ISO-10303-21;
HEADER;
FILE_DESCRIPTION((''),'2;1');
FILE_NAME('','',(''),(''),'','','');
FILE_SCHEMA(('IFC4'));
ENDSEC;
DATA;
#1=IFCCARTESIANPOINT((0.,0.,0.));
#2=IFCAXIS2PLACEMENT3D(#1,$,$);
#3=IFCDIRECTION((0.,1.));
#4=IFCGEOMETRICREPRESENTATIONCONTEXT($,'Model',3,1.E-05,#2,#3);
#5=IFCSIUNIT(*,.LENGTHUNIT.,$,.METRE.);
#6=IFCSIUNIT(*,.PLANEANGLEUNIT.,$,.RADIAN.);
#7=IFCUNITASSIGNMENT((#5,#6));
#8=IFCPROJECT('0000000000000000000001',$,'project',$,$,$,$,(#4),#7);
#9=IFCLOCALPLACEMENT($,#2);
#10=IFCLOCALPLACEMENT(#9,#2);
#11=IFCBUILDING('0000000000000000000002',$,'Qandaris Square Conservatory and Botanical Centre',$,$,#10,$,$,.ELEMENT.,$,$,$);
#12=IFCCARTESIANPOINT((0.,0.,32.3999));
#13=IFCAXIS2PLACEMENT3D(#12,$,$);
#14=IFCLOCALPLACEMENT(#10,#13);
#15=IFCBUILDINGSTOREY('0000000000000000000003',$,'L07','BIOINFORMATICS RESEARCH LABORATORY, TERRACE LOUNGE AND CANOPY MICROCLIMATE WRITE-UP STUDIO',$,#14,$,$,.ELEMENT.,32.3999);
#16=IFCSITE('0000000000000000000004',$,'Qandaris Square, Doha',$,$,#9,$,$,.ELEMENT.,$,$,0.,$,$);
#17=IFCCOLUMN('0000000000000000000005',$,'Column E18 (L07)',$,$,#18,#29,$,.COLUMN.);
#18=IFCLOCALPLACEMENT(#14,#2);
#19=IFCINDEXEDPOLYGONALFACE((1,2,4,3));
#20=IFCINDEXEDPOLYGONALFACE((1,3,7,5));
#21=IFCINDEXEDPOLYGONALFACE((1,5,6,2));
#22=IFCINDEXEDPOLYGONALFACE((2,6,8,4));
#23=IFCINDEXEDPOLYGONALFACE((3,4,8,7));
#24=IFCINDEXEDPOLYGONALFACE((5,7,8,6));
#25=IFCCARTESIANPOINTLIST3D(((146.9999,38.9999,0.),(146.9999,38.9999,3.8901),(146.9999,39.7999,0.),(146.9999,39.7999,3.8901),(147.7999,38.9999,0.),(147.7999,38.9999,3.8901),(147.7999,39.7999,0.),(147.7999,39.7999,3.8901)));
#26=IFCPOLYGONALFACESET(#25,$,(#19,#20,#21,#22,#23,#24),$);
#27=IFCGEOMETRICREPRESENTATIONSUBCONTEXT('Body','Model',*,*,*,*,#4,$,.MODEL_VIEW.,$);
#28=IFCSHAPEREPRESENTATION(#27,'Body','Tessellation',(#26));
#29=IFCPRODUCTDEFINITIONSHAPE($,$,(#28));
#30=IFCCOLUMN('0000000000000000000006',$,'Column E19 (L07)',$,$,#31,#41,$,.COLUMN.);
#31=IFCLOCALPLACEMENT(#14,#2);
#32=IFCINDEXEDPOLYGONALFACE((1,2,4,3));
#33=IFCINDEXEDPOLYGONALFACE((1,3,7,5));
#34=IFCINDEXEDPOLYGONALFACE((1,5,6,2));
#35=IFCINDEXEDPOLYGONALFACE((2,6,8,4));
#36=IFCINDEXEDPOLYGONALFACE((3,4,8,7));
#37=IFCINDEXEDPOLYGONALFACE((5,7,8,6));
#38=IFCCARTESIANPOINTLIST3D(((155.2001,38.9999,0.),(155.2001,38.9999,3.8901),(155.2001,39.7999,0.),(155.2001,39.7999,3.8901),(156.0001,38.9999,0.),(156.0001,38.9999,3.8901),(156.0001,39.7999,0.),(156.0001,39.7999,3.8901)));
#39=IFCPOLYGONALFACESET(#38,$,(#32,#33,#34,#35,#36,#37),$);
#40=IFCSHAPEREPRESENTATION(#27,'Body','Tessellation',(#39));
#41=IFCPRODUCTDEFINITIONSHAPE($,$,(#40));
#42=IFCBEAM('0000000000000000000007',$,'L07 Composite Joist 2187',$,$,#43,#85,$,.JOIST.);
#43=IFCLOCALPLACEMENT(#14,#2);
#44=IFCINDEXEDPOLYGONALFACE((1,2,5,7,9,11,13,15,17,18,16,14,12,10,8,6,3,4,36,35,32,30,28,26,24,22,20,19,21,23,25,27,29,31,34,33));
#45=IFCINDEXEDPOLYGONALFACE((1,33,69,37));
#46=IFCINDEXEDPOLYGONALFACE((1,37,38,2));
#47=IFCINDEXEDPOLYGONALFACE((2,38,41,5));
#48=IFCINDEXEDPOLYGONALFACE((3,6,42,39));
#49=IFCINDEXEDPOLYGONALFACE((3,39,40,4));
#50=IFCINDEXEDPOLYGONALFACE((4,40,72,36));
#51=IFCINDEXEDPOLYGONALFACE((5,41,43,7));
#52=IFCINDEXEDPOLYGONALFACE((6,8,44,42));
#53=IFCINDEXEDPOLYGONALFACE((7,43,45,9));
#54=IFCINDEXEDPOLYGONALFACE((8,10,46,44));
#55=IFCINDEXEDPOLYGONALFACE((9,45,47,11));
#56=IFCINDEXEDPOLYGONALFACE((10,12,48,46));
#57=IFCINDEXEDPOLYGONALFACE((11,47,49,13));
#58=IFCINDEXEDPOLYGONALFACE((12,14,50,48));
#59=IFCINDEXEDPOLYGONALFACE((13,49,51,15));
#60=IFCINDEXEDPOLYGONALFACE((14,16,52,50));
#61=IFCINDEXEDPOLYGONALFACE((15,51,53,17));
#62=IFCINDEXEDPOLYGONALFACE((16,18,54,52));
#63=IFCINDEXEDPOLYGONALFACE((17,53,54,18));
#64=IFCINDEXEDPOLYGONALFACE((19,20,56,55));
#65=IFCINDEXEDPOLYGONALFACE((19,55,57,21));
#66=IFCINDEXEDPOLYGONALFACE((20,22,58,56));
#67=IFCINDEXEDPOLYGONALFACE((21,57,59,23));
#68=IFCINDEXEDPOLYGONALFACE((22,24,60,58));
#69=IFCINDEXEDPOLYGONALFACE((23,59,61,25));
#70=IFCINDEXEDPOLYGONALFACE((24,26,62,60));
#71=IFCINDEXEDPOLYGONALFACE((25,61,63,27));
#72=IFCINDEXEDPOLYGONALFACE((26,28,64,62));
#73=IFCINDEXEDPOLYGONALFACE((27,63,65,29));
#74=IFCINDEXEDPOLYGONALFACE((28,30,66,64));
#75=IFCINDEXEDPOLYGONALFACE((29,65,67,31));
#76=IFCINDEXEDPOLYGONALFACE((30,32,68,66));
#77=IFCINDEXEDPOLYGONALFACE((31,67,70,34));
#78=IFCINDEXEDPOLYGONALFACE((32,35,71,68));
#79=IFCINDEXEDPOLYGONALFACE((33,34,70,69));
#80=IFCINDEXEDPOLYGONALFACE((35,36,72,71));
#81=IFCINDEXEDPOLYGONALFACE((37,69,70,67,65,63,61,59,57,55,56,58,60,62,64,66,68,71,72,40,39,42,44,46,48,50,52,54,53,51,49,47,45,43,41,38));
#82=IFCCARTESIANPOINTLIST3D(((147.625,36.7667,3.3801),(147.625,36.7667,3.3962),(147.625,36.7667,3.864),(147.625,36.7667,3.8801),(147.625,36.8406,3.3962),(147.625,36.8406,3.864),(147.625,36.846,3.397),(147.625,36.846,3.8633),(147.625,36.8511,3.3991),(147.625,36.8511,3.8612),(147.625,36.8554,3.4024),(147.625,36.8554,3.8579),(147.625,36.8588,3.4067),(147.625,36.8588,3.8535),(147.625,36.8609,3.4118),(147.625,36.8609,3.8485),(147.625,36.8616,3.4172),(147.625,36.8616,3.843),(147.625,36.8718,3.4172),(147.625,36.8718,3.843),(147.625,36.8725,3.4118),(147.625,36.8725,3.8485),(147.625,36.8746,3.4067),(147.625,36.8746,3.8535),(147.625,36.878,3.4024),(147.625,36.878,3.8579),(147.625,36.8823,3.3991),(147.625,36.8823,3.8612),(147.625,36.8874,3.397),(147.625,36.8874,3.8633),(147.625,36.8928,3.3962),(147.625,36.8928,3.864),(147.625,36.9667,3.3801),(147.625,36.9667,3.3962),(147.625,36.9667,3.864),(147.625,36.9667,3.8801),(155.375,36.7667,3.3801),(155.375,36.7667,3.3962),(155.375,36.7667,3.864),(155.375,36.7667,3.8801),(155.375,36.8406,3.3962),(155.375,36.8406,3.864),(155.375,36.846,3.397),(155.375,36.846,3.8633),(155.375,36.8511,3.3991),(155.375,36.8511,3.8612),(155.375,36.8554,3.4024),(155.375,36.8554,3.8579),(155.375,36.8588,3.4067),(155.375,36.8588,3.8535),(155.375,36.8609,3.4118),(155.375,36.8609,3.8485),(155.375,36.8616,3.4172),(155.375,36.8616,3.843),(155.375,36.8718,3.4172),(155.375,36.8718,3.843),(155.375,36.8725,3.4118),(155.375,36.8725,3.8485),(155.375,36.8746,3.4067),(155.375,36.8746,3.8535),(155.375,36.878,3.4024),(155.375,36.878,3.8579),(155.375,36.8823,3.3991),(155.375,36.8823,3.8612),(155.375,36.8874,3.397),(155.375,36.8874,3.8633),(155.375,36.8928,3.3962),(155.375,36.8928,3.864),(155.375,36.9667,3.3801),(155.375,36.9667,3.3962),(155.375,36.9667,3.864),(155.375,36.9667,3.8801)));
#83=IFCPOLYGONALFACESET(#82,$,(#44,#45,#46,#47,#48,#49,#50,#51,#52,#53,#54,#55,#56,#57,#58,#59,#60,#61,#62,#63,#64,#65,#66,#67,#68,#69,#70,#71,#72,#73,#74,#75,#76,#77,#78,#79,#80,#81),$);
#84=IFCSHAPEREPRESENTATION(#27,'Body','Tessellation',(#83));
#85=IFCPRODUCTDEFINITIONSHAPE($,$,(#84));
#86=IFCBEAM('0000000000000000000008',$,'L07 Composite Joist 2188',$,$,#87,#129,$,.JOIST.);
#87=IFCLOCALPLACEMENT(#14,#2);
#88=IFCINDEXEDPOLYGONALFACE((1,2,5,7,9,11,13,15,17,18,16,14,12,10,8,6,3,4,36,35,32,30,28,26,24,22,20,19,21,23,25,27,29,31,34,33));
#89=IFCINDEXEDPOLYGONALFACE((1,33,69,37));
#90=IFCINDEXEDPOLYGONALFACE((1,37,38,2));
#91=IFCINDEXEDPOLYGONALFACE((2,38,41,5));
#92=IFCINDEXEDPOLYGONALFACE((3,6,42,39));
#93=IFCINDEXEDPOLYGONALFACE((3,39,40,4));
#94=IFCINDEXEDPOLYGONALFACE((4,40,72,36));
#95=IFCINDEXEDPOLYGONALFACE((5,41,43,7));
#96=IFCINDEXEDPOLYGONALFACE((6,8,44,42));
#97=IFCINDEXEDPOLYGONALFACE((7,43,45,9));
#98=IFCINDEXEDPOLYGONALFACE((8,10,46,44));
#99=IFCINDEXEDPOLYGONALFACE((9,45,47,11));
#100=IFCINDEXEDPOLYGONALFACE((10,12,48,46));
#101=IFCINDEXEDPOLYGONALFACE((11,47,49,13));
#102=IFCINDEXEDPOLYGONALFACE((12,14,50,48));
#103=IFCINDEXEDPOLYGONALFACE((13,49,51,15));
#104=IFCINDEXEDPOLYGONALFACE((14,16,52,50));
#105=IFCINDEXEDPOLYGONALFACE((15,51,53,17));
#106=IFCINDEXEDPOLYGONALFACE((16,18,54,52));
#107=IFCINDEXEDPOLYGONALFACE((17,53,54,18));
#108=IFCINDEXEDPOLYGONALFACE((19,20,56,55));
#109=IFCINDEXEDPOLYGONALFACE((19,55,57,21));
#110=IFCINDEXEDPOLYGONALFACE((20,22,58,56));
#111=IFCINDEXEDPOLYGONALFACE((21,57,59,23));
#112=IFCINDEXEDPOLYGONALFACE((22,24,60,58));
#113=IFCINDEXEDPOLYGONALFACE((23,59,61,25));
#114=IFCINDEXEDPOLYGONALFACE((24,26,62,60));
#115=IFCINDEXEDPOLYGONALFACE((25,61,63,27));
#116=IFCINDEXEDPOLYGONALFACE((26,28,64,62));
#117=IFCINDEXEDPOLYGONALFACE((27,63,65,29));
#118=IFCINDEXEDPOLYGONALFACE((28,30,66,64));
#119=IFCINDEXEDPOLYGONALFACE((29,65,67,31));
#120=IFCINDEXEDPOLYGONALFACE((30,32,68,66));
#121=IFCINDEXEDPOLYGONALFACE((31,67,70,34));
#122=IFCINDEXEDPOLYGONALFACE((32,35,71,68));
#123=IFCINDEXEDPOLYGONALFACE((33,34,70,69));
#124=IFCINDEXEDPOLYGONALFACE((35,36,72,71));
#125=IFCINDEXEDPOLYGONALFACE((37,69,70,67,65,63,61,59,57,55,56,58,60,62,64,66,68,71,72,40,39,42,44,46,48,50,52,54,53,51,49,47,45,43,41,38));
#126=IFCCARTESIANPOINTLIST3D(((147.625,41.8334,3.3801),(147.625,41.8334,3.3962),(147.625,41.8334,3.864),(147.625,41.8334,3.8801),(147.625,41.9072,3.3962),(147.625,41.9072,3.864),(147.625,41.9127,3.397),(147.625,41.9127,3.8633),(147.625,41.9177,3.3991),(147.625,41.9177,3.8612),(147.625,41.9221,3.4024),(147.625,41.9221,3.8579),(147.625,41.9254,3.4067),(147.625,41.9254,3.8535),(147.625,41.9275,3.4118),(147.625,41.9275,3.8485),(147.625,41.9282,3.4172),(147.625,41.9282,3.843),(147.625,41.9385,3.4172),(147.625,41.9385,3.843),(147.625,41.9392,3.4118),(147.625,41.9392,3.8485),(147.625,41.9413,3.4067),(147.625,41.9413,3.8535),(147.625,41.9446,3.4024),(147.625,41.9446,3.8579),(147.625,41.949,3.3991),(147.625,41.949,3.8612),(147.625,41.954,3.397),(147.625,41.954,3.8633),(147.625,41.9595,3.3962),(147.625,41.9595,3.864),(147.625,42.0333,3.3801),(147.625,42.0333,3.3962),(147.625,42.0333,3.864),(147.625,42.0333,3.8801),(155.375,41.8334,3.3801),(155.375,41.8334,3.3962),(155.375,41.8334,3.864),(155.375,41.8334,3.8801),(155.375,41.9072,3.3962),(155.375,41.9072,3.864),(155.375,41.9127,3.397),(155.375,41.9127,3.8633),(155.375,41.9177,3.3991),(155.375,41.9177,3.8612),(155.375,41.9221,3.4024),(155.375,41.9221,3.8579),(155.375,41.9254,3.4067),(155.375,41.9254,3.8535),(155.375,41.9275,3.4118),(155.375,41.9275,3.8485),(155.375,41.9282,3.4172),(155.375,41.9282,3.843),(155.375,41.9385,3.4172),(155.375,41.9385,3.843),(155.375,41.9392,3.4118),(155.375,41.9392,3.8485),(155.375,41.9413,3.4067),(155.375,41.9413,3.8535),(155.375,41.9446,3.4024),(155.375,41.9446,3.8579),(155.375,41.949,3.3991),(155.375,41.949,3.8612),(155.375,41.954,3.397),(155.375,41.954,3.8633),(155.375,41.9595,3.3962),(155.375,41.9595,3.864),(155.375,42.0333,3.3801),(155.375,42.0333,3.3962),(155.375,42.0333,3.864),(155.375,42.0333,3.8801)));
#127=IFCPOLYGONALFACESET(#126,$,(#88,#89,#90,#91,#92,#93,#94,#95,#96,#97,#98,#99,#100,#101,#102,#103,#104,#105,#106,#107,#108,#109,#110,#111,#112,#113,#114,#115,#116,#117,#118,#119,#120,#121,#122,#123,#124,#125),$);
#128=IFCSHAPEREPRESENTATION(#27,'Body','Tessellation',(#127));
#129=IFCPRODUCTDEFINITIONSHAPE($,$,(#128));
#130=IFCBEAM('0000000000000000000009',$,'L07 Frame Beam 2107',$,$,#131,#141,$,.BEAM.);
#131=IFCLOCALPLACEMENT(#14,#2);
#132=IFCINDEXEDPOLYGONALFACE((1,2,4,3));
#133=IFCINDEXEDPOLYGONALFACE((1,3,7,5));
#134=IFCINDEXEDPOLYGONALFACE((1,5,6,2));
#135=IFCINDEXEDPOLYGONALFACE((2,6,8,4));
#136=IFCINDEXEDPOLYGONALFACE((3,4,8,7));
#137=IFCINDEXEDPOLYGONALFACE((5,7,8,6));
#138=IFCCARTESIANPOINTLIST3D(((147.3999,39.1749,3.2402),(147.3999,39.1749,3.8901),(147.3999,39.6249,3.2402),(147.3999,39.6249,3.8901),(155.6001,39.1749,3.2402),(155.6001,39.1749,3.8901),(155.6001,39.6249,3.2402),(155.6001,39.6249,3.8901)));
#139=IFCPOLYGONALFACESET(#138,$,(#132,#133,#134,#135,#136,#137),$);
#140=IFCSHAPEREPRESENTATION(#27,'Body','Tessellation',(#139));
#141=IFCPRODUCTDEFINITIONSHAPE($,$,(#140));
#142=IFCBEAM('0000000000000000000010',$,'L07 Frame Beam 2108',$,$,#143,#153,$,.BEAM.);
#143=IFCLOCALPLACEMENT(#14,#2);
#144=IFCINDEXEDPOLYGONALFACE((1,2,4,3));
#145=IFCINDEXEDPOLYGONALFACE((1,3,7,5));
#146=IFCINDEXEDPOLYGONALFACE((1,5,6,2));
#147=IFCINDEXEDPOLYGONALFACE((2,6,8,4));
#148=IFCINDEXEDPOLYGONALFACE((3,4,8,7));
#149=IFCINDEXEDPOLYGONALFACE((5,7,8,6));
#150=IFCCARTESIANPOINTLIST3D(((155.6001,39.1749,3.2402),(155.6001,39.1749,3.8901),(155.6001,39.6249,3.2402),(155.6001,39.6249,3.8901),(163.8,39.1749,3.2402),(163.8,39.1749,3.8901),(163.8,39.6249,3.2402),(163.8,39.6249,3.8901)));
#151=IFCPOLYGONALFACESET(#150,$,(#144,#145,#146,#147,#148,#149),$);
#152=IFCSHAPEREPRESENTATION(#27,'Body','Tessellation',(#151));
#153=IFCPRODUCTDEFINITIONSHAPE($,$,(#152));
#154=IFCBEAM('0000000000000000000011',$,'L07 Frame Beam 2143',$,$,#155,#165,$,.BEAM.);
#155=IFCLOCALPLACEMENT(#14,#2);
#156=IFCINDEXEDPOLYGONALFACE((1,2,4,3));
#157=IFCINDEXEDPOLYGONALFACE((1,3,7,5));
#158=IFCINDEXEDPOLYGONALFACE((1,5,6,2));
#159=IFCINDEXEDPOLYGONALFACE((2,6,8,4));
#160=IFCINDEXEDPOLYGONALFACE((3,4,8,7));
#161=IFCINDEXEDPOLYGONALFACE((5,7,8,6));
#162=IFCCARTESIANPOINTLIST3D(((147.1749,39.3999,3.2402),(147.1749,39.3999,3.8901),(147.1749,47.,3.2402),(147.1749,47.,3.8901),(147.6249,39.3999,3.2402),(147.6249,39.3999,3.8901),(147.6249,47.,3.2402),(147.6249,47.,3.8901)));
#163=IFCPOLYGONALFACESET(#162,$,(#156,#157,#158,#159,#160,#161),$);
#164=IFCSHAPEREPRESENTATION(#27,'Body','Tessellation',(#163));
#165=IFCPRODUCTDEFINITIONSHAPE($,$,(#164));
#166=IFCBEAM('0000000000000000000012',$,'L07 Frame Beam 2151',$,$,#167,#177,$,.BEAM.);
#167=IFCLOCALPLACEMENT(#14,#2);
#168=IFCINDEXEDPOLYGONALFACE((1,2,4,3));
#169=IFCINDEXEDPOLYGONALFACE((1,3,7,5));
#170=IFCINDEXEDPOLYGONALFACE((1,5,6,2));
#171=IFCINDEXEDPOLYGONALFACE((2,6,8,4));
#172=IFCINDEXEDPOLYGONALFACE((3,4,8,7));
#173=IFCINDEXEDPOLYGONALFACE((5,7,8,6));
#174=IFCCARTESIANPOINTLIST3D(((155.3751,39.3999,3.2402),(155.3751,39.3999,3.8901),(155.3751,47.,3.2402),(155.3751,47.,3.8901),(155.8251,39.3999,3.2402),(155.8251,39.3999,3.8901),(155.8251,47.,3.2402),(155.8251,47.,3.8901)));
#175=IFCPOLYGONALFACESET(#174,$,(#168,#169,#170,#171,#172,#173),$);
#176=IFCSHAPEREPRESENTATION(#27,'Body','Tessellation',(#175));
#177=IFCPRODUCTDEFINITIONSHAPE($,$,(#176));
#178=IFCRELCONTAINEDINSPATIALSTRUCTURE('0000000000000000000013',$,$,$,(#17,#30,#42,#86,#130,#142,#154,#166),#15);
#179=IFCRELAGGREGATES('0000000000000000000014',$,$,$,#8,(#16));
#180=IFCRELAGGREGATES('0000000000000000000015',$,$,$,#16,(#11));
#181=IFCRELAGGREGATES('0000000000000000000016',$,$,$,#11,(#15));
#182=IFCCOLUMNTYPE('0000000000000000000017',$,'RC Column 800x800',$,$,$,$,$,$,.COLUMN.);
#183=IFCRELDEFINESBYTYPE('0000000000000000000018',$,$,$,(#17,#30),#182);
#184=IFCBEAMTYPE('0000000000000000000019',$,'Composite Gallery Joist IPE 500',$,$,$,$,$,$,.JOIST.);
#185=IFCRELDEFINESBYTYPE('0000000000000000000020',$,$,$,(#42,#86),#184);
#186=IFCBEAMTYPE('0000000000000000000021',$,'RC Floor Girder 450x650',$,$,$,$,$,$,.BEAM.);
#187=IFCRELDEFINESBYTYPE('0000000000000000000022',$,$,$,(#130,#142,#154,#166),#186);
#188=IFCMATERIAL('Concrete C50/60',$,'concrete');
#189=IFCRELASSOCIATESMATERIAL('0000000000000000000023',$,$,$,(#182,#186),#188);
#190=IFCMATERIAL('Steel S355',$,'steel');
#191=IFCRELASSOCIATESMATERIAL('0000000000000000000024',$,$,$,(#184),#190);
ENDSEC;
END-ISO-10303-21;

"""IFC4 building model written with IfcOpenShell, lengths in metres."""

from ifc_helpers import new_model, si_unit, direction, frame, origin, origin_2d, place, context, subcontext, project, spatial, rectangle, i_section, extrude, material, material_profile, profile_set, type_object, element, save


model = new_model("IFC4")

# Units and contexts
model_context = context("Model", 3, precision=1e-05, world=origin(), true_north=direction((0.0, 1.0)))
body_context = subcontext(model_context, "Body", "Model", "MODEL_VIEW")
ifc_project = project(units=[si_unit("LENGTHUNIT", "METRE"), si_unit("PLANEANGLEUNIT", "RADIAN")], contexts=[model_context])

# Site, building, storey
site_placement = place(None, origin())
site = spatial("IfcSite", under=ifc_project, at=site_placement, Name="Qandaris Square, Doha", CompositionType="ELEMENT", RefElevation=0.0)
building_placement = place(site_placement, origin())
building = spatial("IfcBuilding", under=site, at=building_placement, Name="Qandaris Square Conservatory and Botanical Centre", CompositionType="ELEMENT")
storey_placement = place(building_placement, frame((0.0, 0.0, 32.3999)))
storey = spatial("IfcBuildingStorey", under=building, at=storey_placement, Name="L07", Description="BIOINFORMATICS RESEARCH LABORATORY, TERRACE LOUNGE AND CANOPY MICROCLIMATE WRITE-UP STUDIO", CompositionType="ELEMENT", Elevation=32.3999)

# Columns
ifc_material_1 = material(Name="Concrete C50/60", Category="concrete")
ifc_material_profile_1 = material_profile(ifc_material_1, rectangle(XDim=0.8, YDim=0.8, at=origin_2d()), Name="RC-COL 800x800")
ifc_profile_set_1 = profile_set([ifc_material_profile_1], Name="Concrete C50/60")
column_type = type_object("IfcColumnType", Name="RC Column 800x800", PredefinedType="COLUMN", material=ifc_profile_set_1)
for number, where, z_axis, x_axis, name in (
    (1, (147.3999, 39.3999, 0.0), (0.0, 0.0, 1.0), (1.0, 0.0, 0.0), "Column E18 (L07)"),
    (2, (155.6001, 39.3999, 0.0), (0.0, 0.0, 1.0), (1.0, 0.0, 0.0), "Column E19 (L07)"),
):
    element("IfcColumn", number, at=place(storey_placement, frame(where, z_axis=z_axis, x_axis=x_axis)), inside=storey, type_object=column_type, Name=name, PredefinedType="COLUMN", context=body_context, shape_type="SweptSolid", body=[
        extrude(rectangle(XDim=0.8, YDim=0.8, at=origin_2d()), origin(), (0.0, 0.0, 1.0), 3.8901),
    ])

# Beams
ifc_material_2 = material(Name="Steel S355", Category="steel")
ifc_material_profile_2 = material_profile(ifc_material_2, i_section(OverallWidth=0.2, OverallDepth=0.5, WebThickness=0.0103, FlangeThickness=0.0161, FilletRadius=0.021, at=origin_2d()), Name="IPE 500")
ifc_profile_set_2 = profile_set([ifc_material_profile_2], Name="Steel S355")
beam_type_1 = type_object("IfcBeamType", Name="Composite Gallery Joist IPE 500", PredefinedType="JOIST", material=ifc_profile_set_2)
for number, where, z_axis, x_axis, name in (
    (3, (147.625, 36.8667, 3.6301), (1.0, 0.0, 0.0), (0.0, 1.0, 0.0), "L07 Composite Joist 2187"),
    (4, (147.625, 41.9333, 3.6301), (1.0, 0.0, 0.0), (0.0, 1.0, 0.0), "L07 Composite Joist 2188"),
):
    element("IfcBeam", number, at=place(storey_placement, frame(where, z_axis=z_axis, x_axis=x_axis)), inside=storey, type_object=beam_type_1, Name=name, PredefinedType="JOIST", context=body_context, shape_type="SweptSolid", body=[
        extrude(i_section(OverallWidth=0.2, OverallDepth=0.5, WebThickness=0.0103, FlangeThickness=0.0161, FilletRadius=0.021, at=origin_2d()), origin(), (0.0, 0.0, 1.0), 7.75),
    ])
ifc_material_profile_3 = material_profile(ifc_material_1, rectangle(XDim=0.45, YDim=0.6499, at=origin_2d()), Name="RC-BM 450x650")
ifc_profile_set_3 = profile_set([ifc_material_profile_3], Name="Concrete C50/60")
beam_type_2 = type_object("IfcBeamType", Name="RC Floor Girder 450x650", PredefinedType="BEAM", material=ifc_profile_set_3)
beam_1_placement = place(storey_placement, frame((147.3999, 39.3999, 3.5652), z_axis=(1.0, 0.0, 0.0), x_axis=(0.0, 1.0, 0.0)))
element("IfcBeam", 5, at=beam_1_placement, inside=storey, type_object=beam_type_2, Name="L07 Frame Beam 2107", PredefinedType="BEAM", context=body_context, shape_type="SweptSolid", body=[
    extrude(rectangle(XDim=0.45, YDim=0.6499, at=origin_2d()), origin(), (0.0, 0.0, 1.0), 8.2002),
])
beam_2_placement = place(storey_placement, frame((155.6001, 39.3999, 3.5652), z_axis=(1.0, 0.0, 0.0), x_axis=(0.0, 1.0, 0.0)))
element("IfcBeam", 6, at=beam_2_placement, inside=storey, type_object=beam_type_2, Name="L07 Frame Beam 2108", PredefinedType="BEAM", context=body_context, shape_type="SweptSolid", body=[
    extrude(rectangle(XDim=0.45, YDim=0.6499, at=origin_2d()), origin(), (0.0, 0.0, 1.0), 8.2),
])
for number, where, z_axis, x_axis, name in (
    (7, (147.3999, 39.3999, 3.5652), (0.0, 1.0, 0.0), (-1.0, 0.0, 0.0), "L07 Frame Beam 2143"),
    (8, (155.6001, 39.3999, 3.5652), (0.0, 1.0, 0.0), (-1.0, 0.0, 0.0), "L07 Frame Beam 2151"),
):
    element("IfcBeam", number, at=place(storey_placement, frame(where, z_axis=z_axis, x_axis=x_axis)), inside=storey, type_object=beam_type_2, Name=name, PredefinedType="BEAM", context=body_context, shape_type="SweptSolid", body=[
        extrude(rectangle(XDim=0.45, YDim=0.6499, at=origin_2d()), origin(), (0.0, 0.0, 1.0), 7.6001),
    ])

save(model, "model.ifc")
